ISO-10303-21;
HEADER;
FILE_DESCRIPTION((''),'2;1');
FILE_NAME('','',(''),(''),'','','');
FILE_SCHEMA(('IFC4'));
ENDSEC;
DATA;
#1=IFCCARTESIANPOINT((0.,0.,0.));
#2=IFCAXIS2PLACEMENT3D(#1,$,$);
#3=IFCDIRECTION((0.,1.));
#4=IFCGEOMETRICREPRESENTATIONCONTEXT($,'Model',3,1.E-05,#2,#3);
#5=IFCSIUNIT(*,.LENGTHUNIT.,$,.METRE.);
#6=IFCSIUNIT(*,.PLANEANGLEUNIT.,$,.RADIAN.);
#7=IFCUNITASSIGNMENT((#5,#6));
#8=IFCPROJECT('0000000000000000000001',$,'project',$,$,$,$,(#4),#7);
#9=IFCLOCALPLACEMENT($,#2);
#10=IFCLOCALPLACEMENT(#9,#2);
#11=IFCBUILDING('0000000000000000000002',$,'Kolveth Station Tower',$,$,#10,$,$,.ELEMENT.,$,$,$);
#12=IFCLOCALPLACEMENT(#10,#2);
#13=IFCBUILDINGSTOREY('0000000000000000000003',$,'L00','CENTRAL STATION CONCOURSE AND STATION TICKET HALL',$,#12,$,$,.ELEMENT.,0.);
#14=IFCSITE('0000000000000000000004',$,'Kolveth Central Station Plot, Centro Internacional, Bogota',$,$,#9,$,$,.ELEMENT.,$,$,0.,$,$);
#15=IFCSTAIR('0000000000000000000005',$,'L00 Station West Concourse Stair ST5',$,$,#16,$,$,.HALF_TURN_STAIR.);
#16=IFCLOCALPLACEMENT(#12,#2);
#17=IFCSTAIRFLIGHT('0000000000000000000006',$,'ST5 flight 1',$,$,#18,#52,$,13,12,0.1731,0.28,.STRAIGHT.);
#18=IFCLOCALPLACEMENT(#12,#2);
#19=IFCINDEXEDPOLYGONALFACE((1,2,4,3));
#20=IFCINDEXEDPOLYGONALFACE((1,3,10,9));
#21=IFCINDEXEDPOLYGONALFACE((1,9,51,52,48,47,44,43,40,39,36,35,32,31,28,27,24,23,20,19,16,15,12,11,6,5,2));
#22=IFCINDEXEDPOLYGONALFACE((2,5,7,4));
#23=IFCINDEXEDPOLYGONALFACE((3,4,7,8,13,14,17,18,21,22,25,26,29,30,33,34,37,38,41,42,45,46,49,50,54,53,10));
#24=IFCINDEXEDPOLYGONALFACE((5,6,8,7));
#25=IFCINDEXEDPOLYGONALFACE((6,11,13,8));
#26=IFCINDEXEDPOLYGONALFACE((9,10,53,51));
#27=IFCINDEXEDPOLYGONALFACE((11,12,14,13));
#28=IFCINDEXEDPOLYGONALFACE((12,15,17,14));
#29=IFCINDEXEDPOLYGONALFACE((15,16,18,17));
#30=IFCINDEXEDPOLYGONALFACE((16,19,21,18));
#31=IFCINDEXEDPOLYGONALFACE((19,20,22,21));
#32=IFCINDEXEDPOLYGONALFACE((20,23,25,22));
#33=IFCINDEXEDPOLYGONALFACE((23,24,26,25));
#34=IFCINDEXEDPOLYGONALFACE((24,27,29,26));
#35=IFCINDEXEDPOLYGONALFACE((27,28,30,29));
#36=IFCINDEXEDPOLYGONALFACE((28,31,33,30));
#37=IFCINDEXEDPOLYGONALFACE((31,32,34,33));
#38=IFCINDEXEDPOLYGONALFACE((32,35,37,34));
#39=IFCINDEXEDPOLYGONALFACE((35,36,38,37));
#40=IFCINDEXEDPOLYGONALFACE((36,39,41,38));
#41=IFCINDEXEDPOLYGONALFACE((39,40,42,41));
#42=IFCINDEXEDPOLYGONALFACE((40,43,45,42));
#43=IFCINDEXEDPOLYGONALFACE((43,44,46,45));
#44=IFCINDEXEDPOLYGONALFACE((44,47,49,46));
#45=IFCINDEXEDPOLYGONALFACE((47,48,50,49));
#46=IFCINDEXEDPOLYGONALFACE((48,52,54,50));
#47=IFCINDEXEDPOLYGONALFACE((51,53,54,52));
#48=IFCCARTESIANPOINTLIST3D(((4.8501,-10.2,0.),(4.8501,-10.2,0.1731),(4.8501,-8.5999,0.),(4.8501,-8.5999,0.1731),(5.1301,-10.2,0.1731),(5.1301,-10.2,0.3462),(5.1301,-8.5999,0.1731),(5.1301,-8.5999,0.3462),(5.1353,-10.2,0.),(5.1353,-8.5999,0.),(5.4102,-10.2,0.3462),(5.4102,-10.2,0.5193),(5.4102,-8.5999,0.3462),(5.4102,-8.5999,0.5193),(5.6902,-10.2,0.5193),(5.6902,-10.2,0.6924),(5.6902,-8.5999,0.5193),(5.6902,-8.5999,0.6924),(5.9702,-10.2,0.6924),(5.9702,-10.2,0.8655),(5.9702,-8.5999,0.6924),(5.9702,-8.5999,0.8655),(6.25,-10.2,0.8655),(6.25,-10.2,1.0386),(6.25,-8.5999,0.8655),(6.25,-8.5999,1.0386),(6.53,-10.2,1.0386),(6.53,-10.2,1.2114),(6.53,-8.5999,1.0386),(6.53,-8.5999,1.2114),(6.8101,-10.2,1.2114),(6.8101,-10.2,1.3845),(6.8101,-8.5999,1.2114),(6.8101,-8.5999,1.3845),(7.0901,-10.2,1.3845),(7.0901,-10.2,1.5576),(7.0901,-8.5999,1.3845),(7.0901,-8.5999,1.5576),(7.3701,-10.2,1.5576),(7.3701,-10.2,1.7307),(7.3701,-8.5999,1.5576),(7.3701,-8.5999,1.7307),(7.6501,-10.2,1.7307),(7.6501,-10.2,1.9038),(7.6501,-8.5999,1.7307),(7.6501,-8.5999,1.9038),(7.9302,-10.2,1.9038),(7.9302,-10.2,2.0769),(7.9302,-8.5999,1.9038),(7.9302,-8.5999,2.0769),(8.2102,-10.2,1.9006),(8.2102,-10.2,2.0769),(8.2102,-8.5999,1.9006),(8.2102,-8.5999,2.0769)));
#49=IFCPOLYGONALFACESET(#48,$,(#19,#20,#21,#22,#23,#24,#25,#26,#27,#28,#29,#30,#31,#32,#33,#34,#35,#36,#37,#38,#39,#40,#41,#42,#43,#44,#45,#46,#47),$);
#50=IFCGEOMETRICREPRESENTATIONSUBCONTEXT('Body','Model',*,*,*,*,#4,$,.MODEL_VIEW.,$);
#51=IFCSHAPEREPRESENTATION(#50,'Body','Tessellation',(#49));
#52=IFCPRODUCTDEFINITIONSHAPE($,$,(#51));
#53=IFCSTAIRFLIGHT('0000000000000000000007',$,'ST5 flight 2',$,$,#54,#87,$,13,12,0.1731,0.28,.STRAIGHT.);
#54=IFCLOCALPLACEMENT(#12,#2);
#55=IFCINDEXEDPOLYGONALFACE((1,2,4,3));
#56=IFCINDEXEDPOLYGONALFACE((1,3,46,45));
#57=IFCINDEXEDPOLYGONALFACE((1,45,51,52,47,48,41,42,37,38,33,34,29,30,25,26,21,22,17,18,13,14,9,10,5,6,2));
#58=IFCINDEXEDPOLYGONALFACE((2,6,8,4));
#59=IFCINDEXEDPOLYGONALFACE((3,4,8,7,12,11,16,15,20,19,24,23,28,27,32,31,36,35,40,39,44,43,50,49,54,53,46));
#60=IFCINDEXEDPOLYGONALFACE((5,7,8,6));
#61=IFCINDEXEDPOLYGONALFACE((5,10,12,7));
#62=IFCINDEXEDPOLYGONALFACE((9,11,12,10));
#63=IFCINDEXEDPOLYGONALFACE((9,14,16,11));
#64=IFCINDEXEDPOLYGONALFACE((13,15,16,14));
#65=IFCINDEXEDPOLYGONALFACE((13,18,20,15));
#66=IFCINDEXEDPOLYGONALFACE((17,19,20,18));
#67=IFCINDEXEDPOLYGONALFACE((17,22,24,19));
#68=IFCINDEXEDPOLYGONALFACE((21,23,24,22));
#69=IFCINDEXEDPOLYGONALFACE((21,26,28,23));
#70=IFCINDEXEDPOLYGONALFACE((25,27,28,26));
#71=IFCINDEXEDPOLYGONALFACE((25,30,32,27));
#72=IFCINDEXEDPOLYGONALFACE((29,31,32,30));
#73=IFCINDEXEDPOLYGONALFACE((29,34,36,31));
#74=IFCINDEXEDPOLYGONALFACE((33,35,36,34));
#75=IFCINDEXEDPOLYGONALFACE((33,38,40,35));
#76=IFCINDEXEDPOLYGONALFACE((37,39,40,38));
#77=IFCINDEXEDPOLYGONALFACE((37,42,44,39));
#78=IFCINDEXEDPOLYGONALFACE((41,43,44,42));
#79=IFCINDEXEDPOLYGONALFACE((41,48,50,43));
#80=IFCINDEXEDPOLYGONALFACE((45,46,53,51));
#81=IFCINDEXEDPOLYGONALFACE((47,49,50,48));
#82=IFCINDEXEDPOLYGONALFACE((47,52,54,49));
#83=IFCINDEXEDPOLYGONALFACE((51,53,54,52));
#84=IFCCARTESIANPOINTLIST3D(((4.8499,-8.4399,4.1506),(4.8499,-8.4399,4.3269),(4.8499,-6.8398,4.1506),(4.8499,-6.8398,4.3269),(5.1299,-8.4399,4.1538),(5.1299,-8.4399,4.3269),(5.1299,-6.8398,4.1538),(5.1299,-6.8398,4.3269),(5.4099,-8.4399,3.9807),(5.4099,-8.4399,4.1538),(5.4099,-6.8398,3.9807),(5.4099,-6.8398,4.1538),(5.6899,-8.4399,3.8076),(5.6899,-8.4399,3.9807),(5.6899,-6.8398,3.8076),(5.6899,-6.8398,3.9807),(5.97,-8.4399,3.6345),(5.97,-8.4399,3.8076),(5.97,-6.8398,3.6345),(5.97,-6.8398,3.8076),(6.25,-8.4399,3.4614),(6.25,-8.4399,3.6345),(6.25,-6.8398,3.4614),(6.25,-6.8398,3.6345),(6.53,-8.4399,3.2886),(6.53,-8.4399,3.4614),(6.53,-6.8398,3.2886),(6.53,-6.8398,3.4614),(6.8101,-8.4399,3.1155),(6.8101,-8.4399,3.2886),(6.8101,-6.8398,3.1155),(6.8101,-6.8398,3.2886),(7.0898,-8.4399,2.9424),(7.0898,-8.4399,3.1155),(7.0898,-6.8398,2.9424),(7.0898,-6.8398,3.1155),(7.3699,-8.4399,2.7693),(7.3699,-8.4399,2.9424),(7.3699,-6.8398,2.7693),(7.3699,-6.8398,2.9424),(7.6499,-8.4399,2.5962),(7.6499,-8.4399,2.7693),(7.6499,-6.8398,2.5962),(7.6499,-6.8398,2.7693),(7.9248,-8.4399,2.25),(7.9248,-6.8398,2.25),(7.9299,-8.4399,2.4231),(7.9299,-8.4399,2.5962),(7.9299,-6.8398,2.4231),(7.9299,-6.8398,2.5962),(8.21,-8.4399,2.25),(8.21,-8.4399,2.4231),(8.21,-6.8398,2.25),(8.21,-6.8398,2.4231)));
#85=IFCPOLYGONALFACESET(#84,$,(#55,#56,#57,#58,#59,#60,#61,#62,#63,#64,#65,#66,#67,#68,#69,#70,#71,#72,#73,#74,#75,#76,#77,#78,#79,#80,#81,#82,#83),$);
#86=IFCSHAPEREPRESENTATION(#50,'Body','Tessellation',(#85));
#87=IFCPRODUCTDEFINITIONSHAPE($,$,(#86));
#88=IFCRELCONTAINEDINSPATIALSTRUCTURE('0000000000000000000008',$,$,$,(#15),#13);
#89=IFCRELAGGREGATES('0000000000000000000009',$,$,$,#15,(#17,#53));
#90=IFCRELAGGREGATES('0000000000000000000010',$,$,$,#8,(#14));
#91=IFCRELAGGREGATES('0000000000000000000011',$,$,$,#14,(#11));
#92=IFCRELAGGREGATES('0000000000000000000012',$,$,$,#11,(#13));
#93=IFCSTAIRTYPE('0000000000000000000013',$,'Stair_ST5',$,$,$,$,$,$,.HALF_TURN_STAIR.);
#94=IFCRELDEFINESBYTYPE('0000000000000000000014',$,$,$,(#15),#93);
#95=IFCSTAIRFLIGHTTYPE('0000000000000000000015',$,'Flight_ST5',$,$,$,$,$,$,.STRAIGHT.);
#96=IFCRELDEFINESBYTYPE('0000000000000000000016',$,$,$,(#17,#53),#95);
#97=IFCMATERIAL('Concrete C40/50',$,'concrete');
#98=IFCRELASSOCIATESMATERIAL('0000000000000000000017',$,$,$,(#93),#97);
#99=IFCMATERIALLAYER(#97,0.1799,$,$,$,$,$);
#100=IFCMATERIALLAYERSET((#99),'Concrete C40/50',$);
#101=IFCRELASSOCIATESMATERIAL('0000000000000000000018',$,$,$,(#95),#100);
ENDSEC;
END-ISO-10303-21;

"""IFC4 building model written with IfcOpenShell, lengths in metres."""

from ifc_helpers import new_model, si_unit, direction, frame, origin, place, context, subcontext, project, spatial, polyline, outline, extrude, material, layer, layer_set, type_object, element, aggregate, save


model = new_model("IFC4")

# Units and contexts
model_context = context("Model", 3, precision=1e-05, world=origin(), true_north=direction((0.0, 1.0)))
body_context = subcontext(model_context, "Body", "Model", "MODEL_VIEW")
ifc_project = project(units=[si_unit("LENGTHUNIT", "METRE"), si_unit("PLANEANGLEUNIT", "RADIAN")], contexts=[model_context])

# Site, building, storey
site_placement = place(None, origin())
site = spatial("IfcSite", under=ifc_project, at=site_placement, Name="Kolveth Central Station Plot, Centro Internacional, Bogota", CompositionType="ELEMENT", RefElevation=0.0)
building_placement = place(site_placement, origin())
building = spatial("IfcBuilding", under=site, at=building_placement, Name="Kolveth Station Tower", CompositionType="ELEMENT")
storey_placement = place(building_placement, origin())
storey = spatial("IfcBuildingStorey", under=building, at=storey_placement, Name="L00", Description="CENTRAL STATION CONCOURSE AND STATION TICKET HALL", CompositionType="ELEMENT", Elevation=0.0)

# Shared definitions
ifc_material_1 = material(Name="Concrete C40/50", Category="concrete")

# Stair, stair flights
stair_type = type_object("IfcStairType", Name="Stair_ST5", PredefinedType="HALF_TURN_STAIR", material=ifc_material_1)
stair_placement = place(storey_placement, origin())
stair = element("IfcStair", 1, at=stair_placement, inside=storey, type_object=stair_type, Name="L00 Station West Concourse Stair ST5", PredefinedType="HALF_TURN_STAIR")
ifc_layer_1 = layer(ifc_material_1, 0.1799)
ifc_layer_set_1 = layer_set([ifc_layer_1], Name="Concrete C40/50")
stair_flight_type = type_object("IfcStairFlightType", Name="Flight_ST5", PredefinedType="STRAIGHT", material=ifc_layer_set_1)
stair_flight_1_placement = place(storey_placement, frame((4.8501, -9.3999, 0.0), z_axis=(0.0, 0.0, 1.0), x_axis=(1.0, 0.0, 0.0)))
stair_flight_1 = element("IfcStairFlight", 2, at=stair_flight_1_placement, type_object=stair_flight_type, Name="ST5 flight 1", NumberOfRisers=13, NumberOfTreads=12, PredefinedType="STRAIGHT", RiserHeight=0.1731, TreadLength=0.28, context=body_context, shape_type="SweptSolid", body=[
    extrude(outline(polyline([(0.0, 0.0), (0.0, 0.1731), (0.28, 0.1731), (0.28, 0.3462), (0.5601, 0.3462), (0.5601, 0.5193), (0.8401, 0.5193), (0.8401, 0.6924), (1.1201, 0.6924), (1.1201, 0.8655), (1.3999, 0.8655), (1.3999, 1.0386), (1.6799, 1.0386), (1.6799, 1.2114), (1.96, 1.2114), (1.96, 1.3845), (2.24, 1.3845), (2.24, 1.5576), (2.52, 1.5576), (2.52, 1.7307), (2.8, 1.7307), (2.8, 1.9038), (3.0801, 1.9038), (3.0801, 2.0769), (3.3601, 2.0769), (3.3601, 2.25), (3.3601, 1.9006), (0.2852, 0.0), (0.0, 0.0)])), frame((0.0, 0.8, 0.0), z_axis=(0.0, -1.0, 0.0), x_axis=(1.0, 0.0, 0.0)), (0.0, 0.0, 1.0), 1.6001),
])
stair_flight_2_placement = place(storey_placement, frame((8.21, -7.6399, 2.25), z_axis=(0.0, 0.0, 1.0), x_axis=(-1.0, 0.0, 0.0)))
stair_flight_2 = element("IfcStairFlight", 3, at=stair_flight_2_placement, type_object=stair_flight_type, Name="ST5 flight 2", NumberOfRisers=13, NumberOfTreads=12, PredefinedType="STRAIGHT", RiserHeight=0.1731, TreadLength=0.28, context=body_context, shape_type="SweptSolid", body=[
    extrude(outline(polyline([(0.0, 0.0), (0.0, 0.1731), (0.28, 0.1731), (0.28, 0.3462), (0.5601, 0.3462), (0.5601, 0.5193), (0.8401, 0.5193), (0.8401, 0.6924), (1.1201, 0.6924), (1.1201, 0.8655), (1.3999, 0.8655), (1.3999, 1.0386), (1.6799, 1.0386), (1.6799, 1.2114), (1.96, 1.2114), (1.96, 1.3845), (2.24, 1.3845), (2.24, 1.5576), (2.52, 1.5576), (2.52, 1.7307), (2.8, 1.7307), (2.8, 1.9038), (3.0801, 1.9038), (3.0801, 2.0769), (3.3601, 2.0769), (3.3601, 2.25), (3.3601, 1.9006), (0.2852, 0.0), (0.0, 0.0)])), frame((0.0, 0.8, 0.0), z_axis=(0.0, -1.0, 0.0), x_axis=(1.0, 0.0, 0.0)), (0.0, 0.0, 1.0), 1.6001),
])
aggregate(stair, [stair_flight_1, stair_flight_2])

save(model, "model.ifc")
